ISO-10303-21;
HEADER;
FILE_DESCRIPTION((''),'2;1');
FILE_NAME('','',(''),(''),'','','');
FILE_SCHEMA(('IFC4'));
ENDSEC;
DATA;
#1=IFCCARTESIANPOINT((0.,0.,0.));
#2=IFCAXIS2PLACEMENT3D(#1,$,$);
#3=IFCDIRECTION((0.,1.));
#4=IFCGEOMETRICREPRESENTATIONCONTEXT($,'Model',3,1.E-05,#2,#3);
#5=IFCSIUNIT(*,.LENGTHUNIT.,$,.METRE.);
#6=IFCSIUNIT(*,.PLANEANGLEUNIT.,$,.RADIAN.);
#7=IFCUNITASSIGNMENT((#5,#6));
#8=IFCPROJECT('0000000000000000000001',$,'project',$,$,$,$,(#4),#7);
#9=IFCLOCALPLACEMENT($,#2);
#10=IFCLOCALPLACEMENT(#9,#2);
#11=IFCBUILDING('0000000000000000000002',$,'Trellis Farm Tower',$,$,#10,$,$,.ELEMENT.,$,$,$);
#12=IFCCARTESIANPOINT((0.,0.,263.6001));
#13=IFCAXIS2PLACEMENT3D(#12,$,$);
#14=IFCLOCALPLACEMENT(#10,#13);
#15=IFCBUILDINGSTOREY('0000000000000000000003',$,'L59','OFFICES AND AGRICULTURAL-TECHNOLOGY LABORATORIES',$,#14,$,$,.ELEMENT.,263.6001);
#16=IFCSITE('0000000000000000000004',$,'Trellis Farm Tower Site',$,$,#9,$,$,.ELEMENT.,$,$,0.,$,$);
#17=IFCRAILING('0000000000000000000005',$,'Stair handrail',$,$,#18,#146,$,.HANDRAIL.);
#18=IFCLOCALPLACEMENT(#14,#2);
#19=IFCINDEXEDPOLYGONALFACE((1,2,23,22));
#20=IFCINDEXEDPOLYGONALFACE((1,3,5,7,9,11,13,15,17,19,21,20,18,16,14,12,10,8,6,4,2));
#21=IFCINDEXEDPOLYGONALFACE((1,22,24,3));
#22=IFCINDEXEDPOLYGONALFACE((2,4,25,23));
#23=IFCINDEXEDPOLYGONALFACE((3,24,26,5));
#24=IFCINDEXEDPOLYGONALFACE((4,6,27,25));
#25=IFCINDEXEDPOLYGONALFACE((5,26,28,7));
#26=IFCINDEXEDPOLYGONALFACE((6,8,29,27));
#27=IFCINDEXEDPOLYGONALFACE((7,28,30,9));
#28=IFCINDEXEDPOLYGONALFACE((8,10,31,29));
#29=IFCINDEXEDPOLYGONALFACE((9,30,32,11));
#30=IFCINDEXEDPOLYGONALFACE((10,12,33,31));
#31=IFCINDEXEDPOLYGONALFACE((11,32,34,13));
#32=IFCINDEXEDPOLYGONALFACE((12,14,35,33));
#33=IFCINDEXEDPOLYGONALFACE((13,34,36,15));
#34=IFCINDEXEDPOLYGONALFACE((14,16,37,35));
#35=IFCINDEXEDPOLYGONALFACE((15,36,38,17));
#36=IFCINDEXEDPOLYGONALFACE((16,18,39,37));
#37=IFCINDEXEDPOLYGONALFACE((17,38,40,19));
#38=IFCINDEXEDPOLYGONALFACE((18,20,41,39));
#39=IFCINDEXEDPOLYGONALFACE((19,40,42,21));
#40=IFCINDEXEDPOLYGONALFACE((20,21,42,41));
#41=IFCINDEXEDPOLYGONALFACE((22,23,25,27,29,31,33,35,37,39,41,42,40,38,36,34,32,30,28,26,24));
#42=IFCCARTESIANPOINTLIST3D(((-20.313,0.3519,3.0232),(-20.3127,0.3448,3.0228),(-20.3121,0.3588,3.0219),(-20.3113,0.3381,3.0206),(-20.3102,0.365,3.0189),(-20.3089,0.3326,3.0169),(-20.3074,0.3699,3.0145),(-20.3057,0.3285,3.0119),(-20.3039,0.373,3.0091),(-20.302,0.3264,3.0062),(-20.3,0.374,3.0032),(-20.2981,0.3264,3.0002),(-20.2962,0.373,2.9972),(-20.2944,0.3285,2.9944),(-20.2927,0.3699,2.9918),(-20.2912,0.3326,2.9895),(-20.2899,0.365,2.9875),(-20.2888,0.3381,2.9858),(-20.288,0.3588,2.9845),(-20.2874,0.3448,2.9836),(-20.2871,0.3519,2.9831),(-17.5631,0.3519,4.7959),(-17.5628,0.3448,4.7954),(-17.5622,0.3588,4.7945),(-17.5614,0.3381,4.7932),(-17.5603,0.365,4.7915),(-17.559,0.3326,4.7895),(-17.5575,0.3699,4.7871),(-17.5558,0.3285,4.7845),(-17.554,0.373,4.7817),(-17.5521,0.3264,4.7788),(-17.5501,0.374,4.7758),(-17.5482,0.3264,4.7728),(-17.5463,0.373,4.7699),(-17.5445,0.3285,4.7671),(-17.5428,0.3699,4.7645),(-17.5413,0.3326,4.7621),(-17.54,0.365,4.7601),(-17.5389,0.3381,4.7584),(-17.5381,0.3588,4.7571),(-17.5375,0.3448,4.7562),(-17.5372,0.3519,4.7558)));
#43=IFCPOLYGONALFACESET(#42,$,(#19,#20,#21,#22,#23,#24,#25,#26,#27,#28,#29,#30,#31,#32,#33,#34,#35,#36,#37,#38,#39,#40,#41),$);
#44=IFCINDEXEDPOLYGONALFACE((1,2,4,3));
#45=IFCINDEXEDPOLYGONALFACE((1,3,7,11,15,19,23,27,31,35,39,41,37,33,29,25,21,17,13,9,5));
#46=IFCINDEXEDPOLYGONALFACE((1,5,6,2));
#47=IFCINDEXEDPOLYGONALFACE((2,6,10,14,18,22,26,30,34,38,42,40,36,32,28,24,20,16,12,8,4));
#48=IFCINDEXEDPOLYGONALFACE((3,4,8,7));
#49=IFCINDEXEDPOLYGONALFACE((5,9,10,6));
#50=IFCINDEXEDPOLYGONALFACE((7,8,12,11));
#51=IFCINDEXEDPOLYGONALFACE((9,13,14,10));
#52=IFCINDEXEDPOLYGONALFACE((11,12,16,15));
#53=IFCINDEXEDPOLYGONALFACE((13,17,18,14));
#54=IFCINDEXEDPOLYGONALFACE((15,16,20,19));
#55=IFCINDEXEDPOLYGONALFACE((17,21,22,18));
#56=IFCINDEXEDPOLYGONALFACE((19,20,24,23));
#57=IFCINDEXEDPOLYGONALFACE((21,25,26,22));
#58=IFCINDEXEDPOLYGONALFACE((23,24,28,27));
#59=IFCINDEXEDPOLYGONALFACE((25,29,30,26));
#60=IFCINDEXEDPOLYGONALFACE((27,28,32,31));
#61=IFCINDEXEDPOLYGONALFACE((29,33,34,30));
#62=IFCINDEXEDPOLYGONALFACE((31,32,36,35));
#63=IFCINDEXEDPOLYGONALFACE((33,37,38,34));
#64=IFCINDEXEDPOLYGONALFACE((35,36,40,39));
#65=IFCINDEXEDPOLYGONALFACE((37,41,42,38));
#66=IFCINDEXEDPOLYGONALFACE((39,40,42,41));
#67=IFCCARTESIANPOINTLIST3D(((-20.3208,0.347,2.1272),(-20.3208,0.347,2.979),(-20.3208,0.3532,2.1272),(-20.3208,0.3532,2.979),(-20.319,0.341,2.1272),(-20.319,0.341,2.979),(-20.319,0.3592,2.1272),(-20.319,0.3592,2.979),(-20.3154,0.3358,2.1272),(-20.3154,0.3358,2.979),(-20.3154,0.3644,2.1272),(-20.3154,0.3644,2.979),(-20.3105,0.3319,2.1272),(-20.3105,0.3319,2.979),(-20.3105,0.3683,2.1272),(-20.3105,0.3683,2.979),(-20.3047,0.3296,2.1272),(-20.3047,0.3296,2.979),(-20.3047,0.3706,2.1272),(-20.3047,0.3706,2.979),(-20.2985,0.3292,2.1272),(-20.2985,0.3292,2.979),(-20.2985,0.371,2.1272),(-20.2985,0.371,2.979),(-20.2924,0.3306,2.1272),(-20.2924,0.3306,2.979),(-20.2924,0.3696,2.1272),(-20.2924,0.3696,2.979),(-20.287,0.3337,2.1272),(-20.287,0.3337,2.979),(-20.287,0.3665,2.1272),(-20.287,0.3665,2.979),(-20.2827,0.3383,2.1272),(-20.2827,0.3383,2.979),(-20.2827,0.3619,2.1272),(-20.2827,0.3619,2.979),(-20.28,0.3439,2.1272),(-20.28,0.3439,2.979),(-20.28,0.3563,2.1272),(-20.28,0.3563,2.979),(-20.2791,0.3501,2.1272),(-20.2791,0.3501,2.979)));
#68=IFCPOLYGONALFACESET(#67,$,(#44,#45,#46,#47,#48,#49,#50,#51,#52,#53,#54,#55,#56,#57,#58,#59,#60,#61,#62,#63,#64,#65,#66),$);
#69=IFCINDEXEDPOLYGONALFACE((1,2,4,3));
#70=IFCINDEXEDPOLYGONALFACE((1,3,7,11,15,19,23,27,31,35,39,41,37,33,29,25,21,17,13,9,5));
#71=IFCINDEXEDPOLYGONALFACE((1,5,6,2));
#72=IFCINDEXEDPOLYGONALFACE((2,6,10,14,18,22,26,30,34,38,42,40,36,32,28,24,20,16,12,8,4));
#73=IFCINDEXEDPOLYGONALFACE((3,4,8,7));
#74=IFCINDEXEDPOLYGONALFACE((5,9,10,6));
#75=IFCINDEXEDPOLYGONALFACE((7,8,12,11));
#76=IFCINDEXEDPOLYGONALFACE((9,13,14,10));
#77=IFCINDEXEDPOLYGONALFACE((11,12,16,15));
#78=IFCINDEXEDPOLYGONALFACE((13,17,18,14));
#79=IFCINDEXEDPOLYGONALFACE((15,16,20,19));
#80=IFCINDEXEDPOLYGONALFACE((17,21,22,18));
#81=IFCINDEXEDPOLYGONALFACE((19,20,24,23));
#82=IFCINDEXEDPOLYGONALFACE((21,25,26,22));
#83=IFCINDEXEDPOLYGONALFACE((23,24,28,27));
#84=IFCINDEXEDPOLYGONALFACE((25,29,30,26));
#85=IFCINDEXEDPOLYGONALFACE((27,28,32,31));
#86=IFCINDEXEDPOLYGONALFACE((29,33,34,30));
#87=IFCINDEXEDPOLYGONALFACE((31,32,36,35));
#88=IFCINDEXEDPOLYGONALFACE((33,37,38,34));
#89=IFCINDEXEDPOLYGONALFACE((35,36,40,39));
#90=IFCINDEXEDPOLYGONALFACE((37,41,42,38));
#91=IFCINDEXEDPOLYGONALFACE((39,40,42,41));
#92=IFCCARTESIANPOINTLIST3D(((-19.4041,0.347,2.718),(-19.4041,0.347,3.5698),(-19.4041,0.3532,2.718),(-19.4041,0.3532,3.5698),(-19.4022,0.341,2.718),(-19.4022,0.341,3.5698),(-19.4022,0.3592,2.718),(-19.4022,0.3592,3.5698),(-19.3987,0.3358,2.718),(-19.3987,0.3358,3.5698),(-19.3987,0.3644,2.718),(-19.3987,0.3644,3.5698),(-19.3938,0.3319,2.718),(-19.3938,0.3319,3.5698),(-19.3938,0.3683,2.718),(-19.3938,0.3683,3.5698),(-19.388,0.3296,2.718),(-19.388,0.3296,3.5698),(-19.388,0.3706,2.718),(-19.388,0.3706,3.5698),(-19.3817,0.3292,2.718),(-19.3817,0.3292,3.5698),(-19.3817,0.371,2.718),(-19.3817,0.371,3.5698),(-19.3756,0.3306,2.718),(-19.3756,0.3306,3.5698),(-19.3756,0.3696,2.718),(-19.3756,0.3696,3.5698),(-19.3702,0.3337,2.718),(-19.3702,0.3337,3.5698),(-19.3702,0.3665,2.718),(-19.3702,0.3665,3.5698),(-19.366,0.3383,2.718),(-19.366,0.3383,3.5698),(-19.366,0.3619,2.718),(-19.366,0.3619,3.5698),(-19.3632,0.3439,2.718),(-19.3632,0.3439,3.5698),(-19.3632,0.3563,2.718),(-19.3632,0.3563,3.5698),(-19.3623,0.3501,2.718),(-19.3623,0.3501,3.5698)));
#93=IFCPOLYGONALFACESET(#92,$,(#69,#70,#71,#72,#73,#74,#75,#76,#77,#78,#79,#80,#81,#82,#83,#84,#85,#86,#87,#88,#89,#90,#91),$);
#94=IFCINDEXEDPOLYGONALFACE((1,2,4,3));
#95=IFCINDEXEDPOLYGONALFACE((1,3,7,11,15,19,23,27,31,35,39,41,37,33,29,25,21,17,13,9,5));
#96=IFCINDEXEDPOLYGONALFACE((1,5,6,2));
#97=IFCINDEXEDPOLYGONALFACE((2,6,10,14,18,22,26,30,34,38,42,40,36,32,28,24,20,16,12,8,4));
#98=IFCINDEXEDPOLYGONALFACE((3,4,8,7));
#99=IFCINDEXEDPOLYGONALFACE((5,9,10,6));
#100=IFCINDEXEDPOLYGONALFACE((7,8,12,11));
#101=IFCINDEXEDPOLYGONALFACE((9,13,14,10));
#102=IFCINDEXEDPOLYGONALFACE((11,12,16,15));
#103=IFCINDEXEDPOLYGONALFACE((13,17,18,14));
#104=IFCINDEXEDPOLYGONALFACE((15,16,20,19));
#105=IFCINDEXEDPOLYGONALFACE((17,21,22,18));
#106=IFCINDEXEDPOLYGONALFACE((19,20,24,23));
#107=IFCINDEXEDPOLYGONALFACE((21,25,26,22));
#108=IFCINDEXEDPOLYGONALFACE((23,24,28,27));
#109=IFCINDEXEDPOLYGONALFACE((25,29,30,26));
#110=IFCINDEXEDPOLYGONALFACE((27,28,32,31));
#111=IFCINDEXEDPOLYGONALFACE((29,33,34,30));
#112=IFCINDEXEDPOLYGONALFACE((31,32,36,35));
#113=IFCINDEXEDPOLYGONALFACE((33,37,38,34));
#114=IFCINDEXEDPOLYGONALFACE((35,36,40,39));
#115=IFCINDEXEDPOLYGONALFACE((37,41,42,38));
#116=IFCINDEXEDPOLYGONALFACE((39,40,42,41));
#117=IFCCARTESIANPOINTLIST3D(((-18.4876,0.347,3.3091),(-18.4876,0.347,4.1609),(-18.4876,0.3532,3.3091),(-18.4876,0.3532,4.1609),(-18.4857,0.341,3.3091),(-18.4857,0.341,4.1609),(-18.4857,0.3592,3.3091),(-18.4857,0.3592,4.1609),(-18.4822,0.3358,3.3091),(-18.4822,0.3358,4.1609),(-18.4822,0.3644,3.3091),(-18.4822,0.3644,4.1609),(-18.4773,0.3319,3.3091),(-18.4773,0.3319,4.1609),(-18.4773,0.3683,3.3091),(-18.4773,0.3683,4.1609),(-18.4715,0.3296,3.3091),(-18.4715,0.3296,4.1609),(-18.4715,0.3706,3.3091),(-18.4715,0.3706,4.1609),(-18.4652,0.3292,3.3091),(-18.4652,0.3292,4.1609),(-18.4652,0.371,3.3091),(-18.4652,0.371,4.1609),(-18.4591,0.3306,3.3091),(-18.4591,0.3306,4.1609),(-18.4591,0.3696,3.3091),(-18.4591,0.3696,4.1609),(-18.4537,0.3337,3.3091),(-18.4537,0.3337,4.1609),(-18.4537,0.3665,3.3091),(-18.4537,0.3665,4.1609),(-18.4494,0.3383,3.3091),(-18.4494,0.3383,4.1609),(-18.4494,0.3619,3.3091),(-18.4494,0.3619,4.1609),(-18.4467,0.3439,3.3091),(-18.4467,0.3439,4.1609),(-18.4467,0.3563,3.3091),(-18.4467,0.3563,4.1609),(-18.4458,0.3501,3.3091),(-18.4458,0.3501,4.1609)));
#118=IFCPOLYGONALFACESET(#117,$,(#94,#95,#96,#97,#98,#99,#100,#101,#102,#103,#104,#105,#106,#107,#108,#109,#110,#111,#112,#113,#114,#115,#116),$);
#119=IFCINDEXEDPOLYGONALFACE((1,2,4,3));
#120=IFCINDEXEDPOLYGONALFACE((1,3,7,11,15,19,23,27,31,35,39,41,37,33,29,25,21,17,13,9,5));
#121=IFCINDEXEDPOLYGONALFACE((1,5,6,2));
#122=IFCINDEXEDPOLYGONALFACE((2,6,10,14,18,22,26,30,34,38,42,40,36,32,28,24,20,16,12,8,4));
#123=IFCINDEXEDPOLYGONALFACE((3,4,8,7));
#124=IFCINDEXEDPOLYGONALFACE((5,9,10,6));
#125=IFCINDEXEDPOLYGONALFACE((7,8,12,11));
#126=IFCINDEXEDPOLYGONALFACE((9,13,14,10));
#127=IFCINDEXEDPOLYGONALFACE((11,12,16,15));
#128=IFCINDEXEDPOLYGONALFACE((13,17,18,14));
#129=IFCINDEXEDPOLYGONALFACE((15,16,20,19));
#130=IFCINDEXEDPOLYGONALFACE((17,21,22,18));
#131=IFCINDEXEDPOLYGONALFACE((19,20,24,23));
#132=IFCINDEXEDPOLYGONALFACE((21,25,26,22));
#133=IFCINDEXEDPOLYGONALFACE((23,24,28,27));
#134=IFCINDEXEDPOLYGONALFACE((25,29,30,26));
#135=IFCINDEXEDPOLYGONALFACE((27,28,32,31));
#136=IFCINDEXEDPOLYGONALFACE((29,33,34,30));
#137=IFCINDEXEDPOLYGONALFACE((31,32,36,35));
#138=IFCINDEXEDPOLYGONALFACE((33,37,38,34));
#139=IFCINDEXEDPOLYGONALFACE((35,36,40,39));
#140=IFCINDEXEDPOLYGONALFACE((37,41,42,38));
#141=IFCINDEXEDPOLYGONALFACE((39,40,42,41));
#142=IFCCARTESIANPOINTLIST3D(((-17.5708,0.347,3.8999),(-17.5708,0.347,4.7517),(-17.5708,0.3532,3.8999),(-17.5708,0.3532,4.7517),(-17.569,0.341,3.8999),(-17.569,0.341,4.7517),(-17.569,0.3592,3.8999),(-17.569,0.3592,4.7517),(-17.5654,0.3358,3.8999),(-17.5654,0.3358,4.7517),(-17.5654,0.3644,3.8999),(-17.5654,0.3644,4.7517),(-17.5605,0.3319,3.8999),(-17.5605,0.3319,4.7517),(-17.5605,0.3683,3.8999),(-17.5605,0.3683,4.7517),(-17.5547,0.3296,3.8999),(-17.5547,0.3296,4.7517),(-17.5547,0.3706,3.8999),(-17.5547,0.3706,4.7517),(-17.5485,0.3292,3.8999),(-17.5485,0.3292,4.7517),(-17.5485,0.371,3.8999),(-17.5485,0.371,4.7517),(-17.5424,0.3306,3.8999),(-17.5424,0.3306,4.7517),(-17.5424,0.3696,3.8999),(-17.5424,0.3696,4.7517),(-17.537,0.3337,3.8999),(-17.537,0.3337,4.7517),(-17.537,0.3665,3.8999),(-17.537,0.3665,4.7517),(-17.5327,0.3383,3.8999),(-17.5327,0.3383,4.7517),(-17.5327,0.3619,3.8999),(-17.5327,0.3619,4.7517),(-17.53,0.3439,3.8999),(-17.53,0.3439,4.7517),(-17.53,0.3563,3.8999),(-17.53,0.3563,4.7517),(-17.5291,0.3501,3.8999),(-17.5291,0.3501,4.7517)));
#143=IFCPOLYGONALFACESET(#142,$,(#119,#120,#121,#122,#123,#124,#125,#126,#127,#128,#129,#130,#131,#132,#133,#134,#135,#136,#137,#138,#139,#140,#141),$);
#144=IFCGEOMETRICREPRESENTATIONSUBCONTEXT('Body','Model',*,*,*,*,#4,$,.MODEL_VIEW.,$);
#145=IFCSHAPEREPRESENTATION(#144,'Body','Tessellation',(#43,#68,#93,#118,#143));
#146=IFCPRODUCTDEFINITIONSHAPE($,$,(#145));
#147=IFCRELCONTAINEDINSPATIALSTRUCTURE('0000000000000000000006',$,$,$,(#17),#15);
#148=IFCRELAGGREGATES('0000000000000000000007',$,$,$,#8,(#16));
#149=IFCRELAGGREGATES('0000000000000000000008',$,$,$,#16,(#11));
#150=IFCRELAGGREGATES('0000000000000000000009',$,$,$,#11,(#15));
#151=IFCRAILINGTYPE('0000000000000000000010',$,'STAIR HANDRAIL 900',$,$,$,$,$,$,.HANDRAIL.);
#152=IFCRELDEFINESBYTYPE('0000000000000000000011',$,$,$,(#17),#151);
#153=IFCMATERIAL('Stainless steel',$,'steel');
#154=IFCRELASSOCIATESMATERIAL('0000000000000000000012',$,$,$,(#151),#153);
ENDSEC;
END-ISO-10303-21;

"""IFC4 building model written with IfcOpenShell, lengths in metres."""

from ifc_helpers import new_model, si_unit, direction, frame, origin, origin_2d, place, context, subcontext, project, spatial, circle, extrude, source, transform, mapped, material, type_object, element, save


model = new_model("IFC4")

# Units and contexts
model_context = context("Model", 3, precision=1e-05, world=origin(), true_north=direction((0.0, 1.0)))
body_context = subcontext(model_context, "Body", "Model", "MODEL_VIEW")
ifc_project = project(units=[si_unit("LENGTHUNIT", "METRE"), si_unit("PLANEANGLEUNIT", "RADIAN")], contexts=[model_context])

# Site, building, storey
site_placement = place(None, origin())
site = spatial("IfcSite", under=ifc_project, at=site_placement, Name="Trellis Farm Tower Site", CompositionType="ELEMENT", RefElevation=0.0)
building_placement = place(site_placement, origin())
building = spatial("IfcBuilding", under=site, at=building_placement, Name="Trellis Farm Tower", CompositionType="ELEMENT")
storey_placement = place(building_placement, frame((0.0, 0.0, 263.6001)))
storey = spatial("IfcBuildingStorey", under=building, at=storey_placement, Name="L59", Description="OFFICES AND AGRICULTURAL-TECHNOLOGY LABORATORIES", CompositionType="ELEMENT", Elevation=263.6001)

# Railing
ifc_material_1 = material(Name="Stainless steel", Category="steel")
railing_type = type_object("IfcRailingType", Name="STAIR HANDRAIL 900", PredefinedType="HANDRAIL", material=ifc_material_1)
shared_shape_1 = source(origin(), body_context, "Body", "SweptSolid", [
    extrude(circle(Radius=0.0239, at=origin_2d()), frame((0.0, 0.0, 0.876), z_axis=(0.840504, 0.0, 0.541806), x_axis=(0.0, 1.0, 0.0)), (0.0, 0.0, 1.0), 3.2717),
    extrude(circle(Radius=0.021, at=origin_2d()), origin(), (0.0, 0.0, 1.0), 0.8518),
    extrude(circle(Radius=0.021, at=origin_2d()), frame((0.9167, 0.0, 0.5908)), (0.0, 0.0, 1.0), 0.8518),
    extrude(circle(Radius=0.021, at=origin_2d()), frame((1.8333, 0.0, 1.1819)), (0.0, 0.0, 1.0), 0.8518),
    extrude(circle(Radius=0.021, at=origin_2d()), frame((2.75, 0.0, 1.7727)), (0.0, 0.0, 1.0), 0.8518),
])
for number, where, name in (
    (1, (-20.3, 0.3501, 2.1272), "Stair handrail"),
):
    element("IfcRailing", number, at=place(storey_placement, frame(where)), inside=storey, type_object=railing_type, Name=name, PredefinedType="HANDRAIL", context=body_context, shape_type="MappedRepresentation", body=[
        mapped(shared_shape_1, transform((0.0, 0.0, 0.0))),
    ])

save(model, "model.ifc")
